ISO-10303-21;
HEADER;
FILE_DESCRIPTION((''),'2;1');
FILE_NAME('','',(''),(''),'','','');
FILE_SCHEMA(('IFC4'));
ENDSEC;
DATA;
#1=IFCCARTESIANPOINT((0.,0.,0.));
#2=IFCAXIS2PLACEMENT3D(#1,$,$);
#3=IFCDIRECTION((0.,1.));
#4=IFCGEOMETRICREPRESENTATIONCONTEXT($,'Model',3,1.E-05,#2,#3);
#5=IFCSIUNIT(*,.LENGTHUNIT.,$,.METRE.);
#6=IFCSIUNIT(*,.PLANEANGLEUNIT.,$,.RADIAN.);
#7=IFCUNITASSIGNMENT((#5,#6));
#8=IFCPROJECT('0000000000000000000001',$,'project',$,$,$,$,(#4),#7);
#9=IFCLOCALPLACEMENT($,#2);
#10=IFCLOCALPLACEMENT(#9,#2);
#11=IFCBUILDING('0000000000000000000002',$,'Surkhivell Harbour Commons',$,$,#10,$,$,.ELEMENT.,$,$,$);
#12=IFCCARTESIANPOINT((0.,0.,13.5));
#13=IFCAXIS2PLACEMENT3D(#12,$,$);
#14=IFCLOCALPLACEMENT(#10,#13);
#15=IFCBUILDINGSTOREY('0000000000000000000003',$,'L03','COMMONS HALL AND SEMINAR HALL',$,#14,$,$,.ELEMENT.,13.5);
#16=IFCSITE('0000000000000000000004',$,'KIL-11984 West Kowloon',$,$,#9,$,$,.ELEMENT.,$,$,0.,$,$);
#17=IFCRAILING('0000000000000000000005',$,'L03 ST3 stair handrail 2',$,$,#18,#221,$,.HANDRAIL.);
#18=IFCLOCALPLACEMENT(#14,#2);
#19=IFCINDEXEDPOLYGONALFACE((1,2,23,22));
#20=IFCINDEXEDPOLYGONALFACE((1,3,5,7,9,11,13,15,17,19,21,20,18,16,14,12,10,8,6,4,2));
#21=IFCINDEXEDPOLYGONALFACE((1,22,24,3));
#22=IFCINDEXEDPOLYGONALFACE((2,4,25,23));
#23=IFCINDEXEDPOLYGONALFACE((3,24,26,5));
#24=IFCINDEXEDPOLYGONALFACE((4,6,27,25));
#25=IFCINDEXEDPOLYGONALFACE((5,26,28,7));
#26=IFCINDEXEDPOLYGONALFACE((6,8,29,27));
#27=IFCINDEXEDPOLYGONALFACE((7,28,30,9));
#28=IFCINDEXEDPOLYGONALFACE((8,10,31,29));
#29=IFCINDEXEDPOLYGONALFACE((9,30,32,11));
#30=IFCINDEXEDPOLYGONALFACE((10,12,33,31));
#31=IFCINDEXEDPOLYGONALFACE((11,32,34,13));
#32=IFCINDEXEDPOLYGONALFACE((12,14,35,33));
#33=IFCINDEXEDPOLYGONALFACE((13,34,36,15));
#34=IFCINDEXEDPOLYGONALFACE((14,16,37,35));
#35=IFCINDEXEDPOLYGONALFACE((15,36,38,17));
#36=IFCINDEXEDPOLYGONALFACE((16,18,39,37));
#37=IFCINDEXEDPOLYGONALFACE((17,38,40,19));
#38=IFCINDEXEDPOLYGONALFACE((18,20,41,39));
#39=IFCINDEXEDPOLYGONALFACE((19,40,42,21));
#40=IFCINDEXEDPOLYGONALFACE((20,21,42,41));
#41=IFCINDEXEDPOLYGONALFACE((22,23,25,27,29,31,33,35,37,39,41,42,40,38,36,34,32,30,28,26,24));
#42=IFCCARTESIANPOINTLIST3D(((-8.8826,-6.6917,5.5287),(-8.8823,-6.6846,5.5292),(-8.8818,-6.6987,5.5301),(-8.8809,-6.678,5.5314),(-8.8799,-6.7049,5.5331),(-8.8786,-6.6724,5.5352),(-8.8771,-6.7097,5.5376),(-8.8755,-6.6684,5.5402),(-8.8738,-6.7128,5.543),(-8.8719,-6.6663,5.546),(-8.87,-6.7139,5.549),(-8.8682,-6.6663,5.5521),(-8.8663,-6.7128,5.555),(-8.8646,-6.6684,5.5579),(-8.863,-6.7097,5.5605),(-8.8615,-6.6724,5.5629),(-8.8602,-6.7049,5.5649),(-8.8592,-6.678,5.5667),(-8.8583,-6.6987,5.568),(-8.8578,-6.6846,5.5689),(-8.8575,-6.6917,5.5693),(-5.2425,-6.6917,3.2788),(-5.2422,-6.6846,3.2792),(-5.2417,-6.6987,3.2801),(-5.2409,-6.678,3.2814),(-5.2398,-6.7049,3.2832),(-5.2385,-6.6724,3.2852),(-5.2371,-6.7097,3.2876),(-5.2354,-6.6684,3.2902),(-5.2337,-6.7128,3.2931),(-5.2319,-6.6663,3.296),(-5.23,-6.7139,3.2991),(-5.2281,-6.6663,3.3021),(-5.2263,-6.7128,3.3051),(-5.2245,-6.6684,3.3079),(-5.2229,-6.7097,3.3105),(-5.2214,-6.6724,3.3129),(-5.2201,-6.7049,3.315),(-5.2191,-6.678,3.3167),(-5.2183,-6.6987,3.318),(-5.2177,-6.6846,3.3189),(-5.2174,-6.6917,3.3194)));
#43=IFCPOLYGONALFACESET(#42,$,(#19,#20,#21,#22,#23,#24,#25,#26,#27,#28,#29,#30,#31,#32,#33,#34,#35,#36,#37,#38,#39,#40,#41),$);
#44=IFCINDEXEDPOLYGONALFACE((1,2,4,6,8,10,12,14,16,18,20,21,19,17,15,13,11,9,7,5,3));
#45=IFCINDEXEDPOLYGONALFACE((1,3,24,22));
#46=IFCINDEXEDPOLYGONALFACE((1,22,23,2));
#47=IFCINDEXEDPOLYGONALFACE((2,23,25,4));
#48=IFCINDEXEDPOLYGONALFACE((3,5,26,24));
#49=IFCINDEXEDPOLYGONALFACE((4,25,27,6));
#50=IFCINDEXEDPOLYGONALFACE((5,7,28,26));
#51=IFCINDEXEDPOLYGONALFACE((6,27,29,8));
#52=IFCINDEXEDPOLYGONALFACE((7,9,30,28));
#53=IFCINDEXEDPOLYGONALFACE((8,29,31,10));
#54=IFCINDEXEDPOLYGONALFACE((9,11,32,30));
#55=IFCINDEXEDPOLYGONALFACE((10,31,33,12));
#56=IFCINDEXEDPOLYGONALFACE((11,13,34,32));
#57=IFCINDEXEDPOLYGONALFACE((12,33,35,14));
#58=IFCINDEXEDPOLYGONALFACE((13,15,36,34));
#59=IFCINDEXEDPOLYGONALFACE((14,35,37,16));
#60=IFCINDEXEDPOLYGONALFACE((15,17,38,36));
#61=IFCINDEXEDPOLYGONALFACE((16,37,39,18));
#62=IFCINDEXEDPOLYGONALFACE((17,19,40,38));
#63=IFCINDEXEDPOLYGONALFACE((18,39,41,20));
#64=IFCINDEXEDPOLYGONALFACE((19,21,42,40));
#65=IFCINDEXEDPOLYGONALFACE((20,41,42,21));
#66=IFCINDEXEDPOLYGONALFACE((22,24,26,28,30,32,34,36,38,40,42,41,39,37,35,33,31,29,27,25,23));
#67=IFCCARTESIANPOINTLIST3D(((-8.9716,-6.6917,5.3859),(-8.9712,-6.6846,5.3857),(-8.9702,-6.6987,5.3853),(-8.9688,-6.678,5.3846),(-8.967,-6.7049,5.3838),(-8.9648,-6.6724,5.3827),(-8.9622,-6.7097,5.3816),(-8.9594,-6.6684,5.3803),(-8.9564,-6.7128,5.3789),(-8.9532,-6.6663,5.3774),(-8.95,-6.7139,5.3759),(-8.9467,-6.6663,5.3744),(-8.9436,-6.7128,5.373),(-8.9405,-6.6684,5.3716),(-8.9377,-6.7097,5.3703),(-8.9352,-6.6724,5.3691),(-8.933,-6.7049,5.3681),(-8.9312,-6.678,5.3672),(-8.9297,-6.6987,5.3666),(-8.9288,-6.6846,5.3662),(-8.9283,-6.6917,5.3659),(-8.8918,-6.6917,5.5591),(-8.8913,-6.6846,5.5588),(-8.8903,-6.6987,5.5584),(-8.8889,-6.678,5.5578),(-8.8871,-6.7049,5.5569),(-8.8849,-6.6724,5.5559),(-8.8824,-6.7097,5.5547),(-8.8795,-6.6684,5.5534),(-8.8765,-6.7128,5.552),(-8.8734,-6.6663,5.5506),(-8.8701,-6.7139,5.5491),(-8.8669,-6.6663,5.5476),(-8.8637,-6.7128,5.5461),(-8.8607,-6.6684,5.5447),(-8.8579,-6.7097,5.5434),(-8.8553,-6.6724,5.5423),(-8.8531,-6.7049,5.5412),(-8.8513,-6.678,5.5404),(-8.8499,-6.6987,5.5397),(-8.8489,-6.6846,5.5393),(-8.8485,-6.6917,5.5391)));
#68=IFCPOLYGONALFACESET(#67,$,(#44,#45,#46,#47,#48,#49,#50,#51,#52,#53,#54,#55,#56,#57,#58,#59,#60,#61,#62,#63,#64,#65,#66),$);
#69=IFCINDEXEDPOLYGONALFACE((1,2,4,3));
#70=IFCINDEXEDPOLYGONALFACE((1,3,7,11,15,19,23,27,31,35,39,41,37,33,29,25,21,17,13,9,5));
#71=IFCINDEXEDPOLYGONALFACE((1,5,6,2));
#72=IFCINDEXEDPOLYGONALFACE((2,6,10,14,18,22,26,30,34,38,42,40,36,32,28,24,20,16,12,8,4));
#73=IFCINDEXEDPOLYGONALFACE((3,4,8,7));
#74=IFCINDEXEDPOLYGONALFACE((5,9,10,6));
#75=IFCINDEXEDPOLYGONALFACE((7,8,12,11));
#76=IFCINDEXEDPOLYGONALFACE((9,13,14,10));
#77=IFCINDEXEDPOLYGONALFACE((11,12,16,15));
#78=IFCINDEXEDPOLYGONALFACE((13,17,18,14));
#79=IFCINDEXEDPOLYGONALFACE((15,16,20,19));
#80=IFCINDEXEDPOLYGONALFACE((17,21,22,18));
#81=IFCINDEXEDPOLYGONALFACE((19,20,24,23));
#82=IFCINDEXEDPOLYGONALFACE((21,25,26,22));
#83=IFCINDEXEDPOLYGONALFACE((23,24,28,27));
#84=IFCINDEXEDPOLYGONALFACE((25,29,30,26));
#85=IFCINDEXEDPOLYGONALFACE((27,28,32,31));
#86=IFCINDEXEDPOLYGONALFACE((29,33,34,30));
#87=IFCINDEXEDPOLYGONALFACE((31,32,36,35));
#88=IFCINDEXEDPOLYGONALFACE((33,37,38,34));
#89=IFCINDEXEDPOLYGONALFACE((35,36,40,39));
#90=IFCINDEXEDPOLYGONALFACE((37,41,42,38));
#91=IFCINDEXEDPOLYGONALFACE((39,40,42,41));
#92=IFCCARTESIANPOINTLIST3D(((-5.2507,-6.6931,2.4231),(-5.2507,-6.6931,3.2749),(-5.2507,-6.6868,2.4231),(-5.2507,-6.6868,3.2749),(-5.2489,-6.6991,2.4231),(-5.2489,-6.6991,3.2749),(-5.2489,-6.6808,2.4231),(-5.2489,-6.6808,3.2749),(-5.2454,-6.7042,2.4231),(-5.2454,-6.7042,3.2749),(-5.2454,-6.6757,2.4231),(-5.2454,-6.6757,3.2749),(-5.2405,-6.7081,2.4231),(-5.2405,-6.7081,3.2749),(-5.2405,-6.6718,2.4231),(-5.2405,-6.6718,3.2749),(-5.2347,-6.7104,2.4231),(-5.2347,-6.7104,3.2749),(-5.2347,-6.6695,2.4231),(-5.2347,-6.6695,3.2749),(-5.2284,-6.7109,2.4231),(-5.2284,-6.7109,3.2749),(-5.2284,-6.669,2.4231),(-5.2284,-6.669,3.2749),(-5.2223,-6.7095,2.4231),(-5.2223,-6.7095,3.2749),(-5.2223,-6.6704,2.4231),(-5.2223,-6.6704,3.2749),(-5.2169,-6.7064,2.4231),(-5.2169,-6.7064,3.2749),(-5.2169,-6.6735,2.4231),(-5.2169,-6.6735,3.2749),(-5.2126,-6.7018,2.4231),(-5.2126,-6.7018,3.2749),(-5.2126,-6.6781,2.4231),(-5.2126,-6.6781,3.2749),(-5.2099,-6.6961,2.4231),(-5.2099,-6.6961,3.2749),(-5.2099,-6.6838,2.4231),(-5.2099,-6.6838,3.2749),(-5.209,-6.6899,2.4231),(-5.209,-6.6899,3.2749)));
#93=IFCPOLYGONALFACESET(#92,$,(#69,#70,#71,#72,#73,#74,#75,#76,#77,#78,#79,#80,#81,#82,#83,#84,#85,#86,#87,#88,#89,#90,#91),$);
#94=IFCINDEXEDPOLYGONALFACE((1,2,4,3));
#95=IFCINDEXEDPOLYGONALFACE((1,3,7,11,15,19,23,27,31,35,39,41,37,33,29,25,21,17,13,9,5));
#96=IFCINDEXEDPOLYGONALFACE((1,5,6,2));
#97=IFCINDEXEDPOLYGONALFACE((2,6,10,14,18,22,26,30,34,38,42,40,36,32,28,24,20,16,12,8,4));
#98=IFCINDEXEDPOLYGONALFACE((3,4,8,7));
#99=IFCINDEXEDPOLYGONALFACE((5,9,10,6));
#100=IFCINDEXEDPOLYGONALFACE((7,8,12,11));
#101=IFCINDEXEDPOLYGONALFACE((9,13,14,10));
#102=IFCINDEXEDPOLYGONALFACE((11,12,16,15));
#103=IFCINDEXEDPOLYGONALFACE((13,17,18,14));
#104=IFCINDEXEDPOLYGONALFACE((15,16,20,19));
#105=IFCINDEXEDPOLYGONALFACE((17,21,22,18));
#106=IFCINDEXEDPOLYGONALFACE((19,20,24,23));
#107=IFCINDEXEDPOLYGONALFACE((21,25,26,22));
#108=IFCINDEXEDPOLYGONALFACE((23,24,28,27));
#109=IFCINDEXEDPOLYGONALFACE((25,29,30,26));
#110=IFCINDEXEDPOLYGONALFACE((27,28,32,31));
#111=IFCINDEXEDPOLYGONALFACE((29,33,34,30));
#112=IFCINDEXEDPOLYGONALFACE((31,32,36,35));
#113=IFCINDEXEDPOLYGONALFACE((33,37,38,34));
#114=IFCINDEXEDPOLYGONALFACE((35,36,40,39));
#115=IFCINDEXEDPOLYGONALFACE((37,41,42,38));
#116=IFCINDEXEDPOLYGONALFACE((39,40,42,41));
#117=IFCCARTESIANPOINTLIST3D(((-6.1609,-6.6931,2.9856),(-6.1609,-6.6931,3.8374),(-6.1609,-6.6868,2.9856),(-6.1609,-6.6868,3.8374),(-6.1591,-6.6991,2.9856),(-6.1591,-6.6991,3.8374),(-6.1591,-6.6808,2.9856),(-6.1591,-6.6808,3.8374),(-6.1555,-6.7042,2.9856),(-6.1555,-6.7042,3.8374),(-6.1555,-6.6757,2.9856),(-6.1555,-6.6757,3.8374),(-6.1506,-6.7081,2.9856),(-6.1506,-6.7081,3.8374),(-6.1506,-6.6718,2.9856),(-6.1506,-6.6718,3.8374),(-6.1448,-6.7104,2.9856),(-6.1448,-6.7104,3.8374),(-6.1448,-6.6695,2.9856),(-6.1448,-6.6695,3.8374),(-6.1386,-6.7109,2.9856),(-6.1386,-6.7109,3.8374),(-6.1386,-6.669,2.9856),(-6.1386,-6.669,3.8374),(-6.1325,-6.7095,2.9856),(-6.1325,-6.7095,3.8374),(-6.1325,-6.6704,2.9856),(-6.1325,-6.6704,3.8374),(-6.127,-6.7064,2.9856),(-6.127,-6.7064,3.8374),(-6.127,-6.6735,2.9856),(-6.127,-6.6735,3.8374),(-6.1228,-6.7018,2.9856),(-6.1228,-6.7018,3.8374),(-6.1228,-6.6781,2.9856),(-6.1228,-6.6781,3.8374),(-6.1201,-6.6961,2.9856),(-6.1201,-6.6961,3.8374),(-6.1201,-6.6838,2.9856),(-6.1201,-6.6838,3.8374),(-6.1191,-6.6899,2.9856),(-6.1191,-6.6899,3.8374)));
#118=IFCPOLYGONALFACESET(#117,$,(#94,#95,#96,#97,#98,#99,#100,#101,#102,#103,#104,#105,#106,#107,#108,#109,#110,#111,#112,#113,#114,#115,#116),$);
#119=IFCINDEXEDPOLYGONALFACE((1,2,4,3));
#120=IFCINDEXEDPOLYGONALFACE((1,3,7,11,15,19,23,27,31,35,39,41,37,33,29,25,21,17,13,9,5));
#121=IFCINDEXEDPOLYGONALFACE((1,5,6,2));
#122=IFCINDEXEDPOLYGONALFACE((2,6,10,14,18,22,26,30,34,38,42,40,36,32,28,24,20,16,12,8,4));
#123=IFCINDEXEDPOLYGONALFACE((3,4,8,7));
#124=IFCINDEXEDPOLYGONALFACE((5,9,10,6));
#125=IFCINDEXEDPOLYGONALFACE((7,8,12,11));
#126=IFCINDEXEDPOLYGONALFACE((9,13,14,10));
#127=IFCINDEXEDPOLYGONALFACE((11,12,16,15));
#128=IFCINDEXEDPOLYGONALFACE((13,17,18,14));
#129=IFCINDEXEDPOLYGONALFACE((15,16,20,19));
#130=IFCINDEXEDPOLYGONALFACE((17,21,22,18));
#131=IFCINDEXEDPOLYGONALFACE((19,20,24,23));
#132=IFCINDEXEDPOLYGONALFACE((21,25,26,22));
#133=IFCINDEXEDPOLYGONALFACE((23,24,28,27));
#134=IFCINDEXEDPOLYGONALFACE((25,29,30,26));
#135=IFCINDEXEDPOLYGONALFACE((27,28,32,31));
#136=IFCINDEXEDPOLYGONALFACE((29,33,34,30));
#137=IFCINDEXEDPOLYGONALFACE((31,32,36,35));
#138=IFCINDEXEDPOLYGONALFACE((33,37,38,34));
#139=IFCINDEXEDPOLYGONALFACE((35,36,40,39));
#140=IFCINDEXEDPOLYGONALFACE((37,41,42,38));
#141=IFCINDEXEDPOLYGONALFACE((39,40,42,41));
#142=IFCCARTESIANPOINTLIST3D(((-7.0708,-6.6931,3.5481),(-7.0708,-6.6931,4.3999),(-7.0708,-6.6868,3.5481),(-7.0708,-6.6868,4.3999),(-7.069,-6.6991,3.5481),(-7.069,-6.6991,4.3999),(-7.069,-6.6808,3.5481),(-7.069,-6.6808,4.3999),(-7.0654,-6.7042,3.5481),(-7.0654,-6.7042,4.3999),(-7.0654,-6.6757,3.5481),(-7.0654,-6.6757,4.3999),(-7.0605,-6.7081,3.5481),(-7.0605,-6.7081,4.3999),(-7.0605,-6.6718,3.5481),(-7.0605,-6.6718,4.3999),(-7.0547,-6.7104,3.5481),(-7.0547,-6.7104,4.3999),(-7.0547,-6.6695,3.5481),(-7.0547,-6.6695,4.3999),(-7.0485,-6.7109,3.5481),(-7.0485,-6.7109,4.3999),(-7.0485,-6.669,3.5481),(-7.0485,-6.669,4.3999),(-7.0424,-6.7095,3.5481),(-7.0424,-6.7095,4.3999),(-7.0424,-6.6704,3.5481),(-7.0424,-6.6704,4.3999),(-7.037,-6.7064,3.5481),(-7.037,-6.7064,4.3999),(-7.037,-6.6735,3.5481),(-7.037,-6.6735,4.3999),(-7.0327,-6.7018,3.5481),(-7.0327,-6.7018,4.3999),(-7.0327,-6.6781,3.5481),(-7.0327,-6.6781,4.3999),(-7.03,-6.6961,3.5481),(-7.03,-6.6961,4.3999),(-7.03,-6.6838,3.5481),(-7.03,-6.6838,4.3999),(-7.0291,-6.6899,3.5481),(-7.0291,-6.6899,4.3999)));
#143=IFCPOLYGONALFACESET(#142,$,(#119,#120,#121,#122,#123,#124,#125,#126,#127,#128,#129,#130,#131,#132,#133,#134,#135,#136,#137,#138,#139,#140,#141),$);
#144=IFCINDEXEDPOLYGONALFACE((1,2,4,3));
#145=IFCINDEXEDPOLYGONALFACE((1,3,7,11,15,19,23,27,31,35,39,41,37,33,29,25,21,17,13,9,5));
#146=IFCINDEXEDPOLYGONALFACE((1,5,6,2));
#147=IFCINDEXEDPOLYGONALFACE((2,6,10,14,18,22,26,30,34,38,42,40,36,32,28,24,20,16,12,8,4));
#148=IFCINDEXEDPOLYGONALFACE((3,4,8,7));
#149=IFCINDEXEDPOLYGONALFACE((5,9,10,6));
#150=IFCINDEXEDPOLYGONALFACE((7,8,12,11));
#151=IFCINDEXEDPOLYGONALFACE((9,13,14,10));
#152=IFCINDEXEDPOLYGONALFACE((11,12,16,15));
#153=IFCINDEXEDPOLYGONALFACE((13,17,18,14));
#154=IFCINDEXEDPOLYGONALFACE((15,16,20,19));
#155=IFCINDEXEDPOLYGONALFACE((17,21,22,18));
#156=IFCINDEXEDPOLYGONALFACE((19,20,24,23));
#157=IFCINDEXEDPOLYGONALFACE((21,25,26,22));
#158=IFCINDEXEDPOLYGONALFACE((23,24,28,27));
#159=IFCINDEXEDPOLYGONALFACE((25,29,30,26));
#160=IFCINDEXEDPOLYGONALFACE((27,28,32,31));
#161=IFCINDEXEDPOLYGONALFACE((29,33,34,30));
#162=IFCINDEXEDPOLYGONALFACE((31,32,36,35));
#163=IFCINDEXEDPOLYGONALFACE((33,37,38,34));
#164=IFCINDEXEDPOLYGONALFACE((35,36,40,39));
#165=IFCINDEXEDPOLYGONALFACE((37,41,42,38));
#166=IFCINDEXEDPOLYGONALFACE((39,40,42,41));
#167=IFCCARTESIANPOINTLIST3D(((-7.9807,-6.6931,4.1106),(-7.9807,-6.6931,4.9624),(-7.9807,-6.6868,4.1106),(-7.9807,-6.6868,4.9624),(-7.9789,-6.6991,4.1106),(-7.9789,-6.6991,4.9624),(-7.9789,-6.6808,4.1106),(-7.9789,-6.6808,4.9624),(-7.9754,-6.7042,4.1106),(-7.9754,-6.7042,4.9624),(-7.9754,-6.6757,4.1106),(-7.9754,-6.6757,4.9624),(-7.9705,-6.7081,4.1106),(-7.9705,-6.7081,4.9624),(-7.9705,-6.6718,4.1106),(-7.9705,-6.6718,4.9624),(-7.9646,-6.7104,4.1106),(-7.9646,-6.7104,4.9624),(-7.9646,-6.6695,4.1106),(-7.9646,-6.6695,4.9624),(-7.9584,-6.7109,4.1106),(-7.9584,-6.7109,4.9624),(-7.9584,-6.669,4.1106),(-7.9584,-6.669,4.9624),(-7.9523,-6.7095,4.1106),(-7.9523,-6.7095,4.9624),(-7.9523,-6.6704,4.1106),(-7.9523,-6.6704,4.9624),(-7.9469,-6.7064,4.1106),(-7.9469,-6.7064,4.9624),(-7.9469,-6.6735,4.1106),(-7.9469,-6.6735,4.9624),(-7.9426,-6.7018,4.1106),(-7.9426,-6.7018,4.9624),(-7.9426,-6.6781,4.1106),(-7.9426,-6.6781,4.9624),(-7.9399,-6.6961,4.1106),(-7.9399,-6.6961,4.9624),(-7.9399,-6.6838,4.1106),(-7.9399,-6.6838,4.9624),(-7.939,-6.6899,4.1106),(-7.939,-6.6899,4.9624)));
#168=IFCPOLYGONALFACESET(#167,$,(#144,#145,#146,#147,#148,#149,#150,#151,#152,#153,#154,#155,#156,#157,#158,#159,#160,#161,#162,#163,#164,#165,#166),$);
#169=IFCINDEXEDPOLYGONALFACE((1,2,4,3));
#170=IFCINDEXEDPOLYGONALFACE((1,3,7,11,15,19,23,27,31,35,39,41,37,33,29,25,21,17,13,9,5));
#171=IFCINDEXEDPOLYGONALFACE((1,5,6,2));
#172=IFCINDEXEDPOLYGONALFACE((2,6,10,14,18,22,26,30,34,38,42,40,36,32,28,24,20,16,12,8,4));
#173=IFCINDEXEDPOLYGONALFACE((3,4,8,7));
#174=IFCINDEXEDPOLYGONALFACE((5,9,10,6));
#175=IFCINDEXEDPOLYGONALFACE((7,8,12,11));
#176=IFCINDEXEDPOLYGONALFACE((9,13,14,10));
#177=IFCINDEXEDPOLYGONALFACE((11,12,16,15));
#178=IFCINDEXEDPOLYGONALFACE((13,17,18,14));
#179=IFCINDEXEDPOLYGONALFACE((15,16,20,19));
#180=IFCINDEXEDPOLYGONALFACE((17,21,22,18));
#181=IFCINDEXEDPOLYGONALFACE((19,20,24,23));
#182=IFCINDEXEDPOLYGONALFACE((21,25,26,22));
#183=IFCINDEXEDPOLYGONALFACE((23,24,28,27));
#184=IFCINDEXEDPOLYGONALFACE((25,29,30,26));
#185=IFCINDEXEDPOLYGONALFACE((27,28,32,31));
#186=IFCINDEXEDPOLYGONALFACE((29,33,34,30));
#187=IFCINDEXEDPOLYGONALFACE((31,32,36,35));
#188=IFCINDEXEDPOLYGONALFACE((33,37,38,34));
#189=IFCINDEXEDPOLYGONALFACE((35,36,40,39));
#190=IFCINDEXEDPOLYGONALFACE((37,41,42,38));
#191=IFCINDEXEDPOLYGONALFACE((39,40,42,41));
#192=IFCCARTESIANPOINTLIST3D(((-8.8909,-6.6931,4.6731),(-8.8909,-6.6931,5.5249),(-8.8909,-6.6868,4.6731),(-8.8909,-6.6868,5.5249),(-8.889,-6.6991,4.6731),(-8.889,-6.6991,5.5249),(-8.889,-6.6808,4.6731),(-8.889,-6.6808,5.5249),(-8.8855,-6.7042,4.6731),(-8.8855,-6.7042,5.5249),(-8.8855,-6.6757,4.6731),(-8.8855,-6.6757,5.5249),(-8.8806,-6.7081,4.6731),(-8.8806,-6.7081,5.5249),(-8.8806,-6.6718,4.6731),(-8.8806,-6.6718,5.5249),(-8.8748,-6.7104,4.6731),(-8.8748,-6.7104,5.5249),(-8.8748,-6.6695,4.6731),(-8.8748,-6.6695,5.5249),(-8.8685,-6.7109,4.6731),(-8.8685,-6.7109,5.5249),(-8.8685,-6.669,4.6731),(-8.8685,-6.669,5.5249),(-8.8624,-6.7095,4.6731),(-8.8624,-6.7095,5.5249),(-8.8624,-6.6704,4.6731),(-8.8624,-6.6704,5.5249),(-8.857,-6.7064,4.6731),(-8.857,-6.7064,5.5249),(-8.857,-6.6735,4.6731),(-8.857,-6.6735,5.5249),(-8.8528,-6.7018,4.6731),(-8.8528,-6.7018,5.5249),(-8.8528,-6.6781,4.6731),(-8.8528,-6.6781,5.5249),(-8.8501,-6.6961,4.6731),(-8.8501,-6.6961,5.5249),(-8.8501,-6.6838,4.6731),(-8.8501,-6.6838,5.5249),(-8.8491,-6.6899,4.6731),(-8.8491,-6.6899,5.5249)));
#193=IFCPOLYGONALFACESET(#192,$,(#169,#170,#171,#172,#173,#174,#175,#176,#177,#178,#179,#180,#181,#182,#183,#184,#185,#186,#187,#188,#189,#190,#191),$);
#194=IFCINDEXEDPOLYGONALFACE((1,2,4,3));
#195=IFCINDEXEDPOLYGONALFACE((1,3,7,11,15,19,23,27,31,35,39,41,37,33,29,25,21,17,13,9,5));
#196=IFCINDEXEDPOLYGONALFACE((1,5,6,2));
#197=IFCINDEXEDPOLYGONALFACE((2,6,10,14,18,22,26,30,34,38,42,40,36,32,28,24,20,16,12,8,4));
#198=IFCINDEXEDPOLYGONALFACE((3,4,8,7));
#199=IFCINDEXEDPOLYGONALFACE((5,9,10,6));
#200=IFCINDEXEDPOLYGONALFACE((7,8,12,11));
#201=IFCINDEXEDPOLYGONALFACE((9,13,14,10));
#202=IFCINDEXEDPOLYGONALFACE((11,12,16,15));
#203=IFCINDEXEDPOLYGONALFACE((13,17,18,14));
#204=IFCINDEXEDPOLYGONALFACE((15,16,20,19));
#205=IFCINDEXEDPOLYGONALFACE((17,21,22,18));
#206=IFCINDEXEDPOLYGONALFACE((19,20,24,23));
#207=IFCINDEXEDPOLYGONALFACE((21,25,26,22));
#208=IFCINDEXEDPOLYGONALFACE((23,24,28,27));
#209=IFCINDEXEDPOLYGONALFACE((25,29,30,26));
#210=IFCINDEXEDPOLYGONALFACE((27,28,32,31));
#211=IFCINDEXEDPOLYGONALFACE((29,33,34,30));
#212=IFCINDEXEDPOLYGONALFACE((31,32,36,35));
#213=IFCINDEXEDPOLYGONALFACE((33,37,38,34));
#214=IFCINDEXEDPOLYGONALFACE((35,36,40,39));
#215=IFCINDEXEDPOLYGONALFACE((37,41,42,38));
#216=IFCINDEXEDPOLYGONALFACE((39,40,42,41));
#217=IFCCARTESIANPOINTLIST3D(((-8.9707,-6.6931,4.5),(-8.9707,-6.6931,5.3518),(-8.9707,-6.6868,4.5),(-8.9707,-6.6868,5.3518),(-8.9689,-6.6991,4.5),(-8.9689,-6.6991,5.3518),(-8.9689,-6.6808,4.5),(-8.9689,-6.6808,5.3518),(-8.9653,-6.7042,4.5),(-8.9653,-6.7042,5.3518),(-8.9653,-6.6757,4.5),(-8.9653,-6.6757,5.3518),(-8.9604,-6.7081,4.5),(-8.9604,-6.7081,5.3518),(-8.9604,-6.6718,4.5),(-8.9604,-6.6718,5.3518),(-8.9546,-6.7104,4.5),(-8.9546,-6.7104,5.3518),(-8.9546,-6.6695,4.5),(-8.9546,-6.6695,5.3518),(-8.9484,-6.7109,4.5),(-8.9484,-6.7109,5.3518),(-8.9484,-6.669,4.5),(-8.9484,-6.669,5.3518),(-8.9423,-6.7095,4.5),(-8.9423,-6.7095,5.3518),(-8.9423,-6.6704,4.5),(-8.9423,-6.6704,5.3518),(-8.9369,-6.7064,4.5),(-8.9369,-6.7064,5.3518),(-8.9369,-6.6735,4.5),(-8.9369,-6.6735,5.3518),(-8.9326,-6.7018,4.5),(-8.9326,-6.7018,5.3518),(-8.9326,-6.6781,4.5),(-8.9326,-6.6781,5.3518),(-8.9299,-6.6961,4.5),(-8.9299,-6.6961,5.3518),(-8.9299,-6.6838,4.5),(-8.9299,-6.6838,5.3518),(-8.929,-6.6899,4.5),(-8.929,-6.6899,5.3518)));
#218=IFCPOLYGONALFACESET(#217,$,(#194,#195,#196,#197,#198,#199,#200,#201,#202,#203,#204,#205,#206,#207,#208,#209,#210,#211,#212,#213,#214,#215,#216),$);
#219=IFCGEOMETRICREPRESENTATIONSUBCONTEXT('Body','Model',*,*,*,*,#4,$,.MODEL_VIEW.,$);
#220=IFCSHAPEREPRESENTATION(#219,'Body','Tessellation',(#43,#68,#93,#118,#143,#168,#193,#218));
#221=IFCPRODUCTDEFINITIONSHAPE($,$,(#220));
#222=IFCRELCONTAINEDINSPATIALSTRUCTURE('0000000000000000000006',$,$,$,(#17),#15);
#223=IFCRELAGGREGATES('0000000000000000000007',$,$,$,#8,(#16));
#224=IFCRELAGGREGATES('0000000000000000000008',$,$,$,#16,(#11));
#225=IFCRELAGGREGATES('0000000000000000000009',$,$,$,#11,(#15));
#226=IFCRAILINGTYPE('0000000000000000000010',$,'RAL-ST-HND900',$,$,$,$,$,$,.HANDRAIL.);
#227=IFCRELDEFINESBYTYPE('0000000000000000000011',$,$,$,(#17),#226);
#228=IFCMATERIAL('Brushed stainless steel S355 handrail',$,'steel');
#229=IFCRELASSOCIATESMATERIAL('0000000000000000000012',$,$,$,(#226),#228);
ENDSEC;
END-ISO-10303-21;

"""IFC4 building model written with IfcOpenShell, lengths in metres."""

from ifc_helpers import new_model, si_unit, direction, frame, origin, origin_2d, place, context, subcontext, project, spatial, circle, extrude, material, type_object, element, save


model = new_model("IFC4")

# Units and contexts
model_context = context("Model", 3, precision=1e-05, world=origin(), true_north=direction((0.0, 1.0)))
body_context = subcontext(model_context, "Body", "Model", "MODEL_VIEW")
ifc_project = project(units=[si_unit("LENGTHUNIT", "METRE"), si_unit("PLANEANGLEUNIT", "RADIAN")], contexts=[model_context])

# Site, building, storey
site_placement = place(None, origin())
site = spatial("IfcSite", under=ifc_project, at=site_placement, Name="KIL-11984 West Kowloon", CompositionType="ELEMENT", RefElevation=0.0)
building_placement = place(site_placement, origin())
building = spatial("IfcBuilding", under=site, at=building_placement, Name="Surkhivell Harbour Commons", CompositionType="ELEMENT")
storey_placement = place(building_placement, frame((0.0, 0.0, 13.5)))
storey = spatial("IfcBuildingStorey", under=building, at=storey_placement, Name="L03", Description="COMMONS HALL AND SEMINAR HALL", CompositionType="ELEMENT", Elevation=13.5)

# Railing
ifc_material_1 = material(Name="Brushed stainless steel S355 handrail", Category="steel")
railing_type_1 = type_object("IfcRailingType", Name="RAL-ST-HND900", PredefinedType="HANDRAIL", material=ifc_material_1)
railing_1_placement = place(storey_placement, frame((-5.23, -6.6899, 2.4231)))
element("IfcRailing", 1, at=railing_1_placement, inside=storey, type_object=railing_type_1, Name="L03 ST3 stair handrail 2", PredefinedType="HANDRAIL", context=body_context, shape_type="SweptSolid", body=[
    extrude(circle(Radius=0.0239, at=origin_2d()), frame((0.0, 0.0, 0.876), z_axis=(-0.850622, 0.0, 0.525777), x_axis=(0.0, -1.0, 0.0)), (0.0, 0.0, 1.0), 4.2793),
    extrude(circle(Radius=0.0239, at=origin_2d()), frame((-3.6401, 0.0, 3.126), z_axis=(-0.418815, 0.0, -0.908072), x_axis=(0.0, -1.0, 0.0)), (0.0, 0.0, 1.0), 0.1907),
    extrude(circle(Radius=0.021, at=origin_2d()), origin(), (0.0, 0.0, 1.0), 0.8518),
    extrude(circle(Radius=0.021, at=origin_2d()), frame((-0.9102, 0.0, 0.5625)), (0.0, 0.0, 1.0), 0.8518),
    extrude(circle(Radius=0.021, at=origin_2d()), frame((-1.8201, 0.0, 1.125)), (0.0, 0.0, 1.0), 0.8518),
    extrude(circle(Radius=0.021, at=origin_2d()), frame((-2.73, 0.0, 1.6875)), (0.0, 0.0, 1.0), 0.8518),
    extrude(circle(Radius=0.021, at=origin_2d()), frame((-3.6401, 0.0, 2.25)), (0.0, 0.0, 1.0), 0.8518),
    extrude(circle(Radius=0.021, at=origin_2d()), frame((-3.72, 0.0, 2.0769)), (0.0, 0.0, 1.0), 0.8518),
])

save(model, "model.ifc")
